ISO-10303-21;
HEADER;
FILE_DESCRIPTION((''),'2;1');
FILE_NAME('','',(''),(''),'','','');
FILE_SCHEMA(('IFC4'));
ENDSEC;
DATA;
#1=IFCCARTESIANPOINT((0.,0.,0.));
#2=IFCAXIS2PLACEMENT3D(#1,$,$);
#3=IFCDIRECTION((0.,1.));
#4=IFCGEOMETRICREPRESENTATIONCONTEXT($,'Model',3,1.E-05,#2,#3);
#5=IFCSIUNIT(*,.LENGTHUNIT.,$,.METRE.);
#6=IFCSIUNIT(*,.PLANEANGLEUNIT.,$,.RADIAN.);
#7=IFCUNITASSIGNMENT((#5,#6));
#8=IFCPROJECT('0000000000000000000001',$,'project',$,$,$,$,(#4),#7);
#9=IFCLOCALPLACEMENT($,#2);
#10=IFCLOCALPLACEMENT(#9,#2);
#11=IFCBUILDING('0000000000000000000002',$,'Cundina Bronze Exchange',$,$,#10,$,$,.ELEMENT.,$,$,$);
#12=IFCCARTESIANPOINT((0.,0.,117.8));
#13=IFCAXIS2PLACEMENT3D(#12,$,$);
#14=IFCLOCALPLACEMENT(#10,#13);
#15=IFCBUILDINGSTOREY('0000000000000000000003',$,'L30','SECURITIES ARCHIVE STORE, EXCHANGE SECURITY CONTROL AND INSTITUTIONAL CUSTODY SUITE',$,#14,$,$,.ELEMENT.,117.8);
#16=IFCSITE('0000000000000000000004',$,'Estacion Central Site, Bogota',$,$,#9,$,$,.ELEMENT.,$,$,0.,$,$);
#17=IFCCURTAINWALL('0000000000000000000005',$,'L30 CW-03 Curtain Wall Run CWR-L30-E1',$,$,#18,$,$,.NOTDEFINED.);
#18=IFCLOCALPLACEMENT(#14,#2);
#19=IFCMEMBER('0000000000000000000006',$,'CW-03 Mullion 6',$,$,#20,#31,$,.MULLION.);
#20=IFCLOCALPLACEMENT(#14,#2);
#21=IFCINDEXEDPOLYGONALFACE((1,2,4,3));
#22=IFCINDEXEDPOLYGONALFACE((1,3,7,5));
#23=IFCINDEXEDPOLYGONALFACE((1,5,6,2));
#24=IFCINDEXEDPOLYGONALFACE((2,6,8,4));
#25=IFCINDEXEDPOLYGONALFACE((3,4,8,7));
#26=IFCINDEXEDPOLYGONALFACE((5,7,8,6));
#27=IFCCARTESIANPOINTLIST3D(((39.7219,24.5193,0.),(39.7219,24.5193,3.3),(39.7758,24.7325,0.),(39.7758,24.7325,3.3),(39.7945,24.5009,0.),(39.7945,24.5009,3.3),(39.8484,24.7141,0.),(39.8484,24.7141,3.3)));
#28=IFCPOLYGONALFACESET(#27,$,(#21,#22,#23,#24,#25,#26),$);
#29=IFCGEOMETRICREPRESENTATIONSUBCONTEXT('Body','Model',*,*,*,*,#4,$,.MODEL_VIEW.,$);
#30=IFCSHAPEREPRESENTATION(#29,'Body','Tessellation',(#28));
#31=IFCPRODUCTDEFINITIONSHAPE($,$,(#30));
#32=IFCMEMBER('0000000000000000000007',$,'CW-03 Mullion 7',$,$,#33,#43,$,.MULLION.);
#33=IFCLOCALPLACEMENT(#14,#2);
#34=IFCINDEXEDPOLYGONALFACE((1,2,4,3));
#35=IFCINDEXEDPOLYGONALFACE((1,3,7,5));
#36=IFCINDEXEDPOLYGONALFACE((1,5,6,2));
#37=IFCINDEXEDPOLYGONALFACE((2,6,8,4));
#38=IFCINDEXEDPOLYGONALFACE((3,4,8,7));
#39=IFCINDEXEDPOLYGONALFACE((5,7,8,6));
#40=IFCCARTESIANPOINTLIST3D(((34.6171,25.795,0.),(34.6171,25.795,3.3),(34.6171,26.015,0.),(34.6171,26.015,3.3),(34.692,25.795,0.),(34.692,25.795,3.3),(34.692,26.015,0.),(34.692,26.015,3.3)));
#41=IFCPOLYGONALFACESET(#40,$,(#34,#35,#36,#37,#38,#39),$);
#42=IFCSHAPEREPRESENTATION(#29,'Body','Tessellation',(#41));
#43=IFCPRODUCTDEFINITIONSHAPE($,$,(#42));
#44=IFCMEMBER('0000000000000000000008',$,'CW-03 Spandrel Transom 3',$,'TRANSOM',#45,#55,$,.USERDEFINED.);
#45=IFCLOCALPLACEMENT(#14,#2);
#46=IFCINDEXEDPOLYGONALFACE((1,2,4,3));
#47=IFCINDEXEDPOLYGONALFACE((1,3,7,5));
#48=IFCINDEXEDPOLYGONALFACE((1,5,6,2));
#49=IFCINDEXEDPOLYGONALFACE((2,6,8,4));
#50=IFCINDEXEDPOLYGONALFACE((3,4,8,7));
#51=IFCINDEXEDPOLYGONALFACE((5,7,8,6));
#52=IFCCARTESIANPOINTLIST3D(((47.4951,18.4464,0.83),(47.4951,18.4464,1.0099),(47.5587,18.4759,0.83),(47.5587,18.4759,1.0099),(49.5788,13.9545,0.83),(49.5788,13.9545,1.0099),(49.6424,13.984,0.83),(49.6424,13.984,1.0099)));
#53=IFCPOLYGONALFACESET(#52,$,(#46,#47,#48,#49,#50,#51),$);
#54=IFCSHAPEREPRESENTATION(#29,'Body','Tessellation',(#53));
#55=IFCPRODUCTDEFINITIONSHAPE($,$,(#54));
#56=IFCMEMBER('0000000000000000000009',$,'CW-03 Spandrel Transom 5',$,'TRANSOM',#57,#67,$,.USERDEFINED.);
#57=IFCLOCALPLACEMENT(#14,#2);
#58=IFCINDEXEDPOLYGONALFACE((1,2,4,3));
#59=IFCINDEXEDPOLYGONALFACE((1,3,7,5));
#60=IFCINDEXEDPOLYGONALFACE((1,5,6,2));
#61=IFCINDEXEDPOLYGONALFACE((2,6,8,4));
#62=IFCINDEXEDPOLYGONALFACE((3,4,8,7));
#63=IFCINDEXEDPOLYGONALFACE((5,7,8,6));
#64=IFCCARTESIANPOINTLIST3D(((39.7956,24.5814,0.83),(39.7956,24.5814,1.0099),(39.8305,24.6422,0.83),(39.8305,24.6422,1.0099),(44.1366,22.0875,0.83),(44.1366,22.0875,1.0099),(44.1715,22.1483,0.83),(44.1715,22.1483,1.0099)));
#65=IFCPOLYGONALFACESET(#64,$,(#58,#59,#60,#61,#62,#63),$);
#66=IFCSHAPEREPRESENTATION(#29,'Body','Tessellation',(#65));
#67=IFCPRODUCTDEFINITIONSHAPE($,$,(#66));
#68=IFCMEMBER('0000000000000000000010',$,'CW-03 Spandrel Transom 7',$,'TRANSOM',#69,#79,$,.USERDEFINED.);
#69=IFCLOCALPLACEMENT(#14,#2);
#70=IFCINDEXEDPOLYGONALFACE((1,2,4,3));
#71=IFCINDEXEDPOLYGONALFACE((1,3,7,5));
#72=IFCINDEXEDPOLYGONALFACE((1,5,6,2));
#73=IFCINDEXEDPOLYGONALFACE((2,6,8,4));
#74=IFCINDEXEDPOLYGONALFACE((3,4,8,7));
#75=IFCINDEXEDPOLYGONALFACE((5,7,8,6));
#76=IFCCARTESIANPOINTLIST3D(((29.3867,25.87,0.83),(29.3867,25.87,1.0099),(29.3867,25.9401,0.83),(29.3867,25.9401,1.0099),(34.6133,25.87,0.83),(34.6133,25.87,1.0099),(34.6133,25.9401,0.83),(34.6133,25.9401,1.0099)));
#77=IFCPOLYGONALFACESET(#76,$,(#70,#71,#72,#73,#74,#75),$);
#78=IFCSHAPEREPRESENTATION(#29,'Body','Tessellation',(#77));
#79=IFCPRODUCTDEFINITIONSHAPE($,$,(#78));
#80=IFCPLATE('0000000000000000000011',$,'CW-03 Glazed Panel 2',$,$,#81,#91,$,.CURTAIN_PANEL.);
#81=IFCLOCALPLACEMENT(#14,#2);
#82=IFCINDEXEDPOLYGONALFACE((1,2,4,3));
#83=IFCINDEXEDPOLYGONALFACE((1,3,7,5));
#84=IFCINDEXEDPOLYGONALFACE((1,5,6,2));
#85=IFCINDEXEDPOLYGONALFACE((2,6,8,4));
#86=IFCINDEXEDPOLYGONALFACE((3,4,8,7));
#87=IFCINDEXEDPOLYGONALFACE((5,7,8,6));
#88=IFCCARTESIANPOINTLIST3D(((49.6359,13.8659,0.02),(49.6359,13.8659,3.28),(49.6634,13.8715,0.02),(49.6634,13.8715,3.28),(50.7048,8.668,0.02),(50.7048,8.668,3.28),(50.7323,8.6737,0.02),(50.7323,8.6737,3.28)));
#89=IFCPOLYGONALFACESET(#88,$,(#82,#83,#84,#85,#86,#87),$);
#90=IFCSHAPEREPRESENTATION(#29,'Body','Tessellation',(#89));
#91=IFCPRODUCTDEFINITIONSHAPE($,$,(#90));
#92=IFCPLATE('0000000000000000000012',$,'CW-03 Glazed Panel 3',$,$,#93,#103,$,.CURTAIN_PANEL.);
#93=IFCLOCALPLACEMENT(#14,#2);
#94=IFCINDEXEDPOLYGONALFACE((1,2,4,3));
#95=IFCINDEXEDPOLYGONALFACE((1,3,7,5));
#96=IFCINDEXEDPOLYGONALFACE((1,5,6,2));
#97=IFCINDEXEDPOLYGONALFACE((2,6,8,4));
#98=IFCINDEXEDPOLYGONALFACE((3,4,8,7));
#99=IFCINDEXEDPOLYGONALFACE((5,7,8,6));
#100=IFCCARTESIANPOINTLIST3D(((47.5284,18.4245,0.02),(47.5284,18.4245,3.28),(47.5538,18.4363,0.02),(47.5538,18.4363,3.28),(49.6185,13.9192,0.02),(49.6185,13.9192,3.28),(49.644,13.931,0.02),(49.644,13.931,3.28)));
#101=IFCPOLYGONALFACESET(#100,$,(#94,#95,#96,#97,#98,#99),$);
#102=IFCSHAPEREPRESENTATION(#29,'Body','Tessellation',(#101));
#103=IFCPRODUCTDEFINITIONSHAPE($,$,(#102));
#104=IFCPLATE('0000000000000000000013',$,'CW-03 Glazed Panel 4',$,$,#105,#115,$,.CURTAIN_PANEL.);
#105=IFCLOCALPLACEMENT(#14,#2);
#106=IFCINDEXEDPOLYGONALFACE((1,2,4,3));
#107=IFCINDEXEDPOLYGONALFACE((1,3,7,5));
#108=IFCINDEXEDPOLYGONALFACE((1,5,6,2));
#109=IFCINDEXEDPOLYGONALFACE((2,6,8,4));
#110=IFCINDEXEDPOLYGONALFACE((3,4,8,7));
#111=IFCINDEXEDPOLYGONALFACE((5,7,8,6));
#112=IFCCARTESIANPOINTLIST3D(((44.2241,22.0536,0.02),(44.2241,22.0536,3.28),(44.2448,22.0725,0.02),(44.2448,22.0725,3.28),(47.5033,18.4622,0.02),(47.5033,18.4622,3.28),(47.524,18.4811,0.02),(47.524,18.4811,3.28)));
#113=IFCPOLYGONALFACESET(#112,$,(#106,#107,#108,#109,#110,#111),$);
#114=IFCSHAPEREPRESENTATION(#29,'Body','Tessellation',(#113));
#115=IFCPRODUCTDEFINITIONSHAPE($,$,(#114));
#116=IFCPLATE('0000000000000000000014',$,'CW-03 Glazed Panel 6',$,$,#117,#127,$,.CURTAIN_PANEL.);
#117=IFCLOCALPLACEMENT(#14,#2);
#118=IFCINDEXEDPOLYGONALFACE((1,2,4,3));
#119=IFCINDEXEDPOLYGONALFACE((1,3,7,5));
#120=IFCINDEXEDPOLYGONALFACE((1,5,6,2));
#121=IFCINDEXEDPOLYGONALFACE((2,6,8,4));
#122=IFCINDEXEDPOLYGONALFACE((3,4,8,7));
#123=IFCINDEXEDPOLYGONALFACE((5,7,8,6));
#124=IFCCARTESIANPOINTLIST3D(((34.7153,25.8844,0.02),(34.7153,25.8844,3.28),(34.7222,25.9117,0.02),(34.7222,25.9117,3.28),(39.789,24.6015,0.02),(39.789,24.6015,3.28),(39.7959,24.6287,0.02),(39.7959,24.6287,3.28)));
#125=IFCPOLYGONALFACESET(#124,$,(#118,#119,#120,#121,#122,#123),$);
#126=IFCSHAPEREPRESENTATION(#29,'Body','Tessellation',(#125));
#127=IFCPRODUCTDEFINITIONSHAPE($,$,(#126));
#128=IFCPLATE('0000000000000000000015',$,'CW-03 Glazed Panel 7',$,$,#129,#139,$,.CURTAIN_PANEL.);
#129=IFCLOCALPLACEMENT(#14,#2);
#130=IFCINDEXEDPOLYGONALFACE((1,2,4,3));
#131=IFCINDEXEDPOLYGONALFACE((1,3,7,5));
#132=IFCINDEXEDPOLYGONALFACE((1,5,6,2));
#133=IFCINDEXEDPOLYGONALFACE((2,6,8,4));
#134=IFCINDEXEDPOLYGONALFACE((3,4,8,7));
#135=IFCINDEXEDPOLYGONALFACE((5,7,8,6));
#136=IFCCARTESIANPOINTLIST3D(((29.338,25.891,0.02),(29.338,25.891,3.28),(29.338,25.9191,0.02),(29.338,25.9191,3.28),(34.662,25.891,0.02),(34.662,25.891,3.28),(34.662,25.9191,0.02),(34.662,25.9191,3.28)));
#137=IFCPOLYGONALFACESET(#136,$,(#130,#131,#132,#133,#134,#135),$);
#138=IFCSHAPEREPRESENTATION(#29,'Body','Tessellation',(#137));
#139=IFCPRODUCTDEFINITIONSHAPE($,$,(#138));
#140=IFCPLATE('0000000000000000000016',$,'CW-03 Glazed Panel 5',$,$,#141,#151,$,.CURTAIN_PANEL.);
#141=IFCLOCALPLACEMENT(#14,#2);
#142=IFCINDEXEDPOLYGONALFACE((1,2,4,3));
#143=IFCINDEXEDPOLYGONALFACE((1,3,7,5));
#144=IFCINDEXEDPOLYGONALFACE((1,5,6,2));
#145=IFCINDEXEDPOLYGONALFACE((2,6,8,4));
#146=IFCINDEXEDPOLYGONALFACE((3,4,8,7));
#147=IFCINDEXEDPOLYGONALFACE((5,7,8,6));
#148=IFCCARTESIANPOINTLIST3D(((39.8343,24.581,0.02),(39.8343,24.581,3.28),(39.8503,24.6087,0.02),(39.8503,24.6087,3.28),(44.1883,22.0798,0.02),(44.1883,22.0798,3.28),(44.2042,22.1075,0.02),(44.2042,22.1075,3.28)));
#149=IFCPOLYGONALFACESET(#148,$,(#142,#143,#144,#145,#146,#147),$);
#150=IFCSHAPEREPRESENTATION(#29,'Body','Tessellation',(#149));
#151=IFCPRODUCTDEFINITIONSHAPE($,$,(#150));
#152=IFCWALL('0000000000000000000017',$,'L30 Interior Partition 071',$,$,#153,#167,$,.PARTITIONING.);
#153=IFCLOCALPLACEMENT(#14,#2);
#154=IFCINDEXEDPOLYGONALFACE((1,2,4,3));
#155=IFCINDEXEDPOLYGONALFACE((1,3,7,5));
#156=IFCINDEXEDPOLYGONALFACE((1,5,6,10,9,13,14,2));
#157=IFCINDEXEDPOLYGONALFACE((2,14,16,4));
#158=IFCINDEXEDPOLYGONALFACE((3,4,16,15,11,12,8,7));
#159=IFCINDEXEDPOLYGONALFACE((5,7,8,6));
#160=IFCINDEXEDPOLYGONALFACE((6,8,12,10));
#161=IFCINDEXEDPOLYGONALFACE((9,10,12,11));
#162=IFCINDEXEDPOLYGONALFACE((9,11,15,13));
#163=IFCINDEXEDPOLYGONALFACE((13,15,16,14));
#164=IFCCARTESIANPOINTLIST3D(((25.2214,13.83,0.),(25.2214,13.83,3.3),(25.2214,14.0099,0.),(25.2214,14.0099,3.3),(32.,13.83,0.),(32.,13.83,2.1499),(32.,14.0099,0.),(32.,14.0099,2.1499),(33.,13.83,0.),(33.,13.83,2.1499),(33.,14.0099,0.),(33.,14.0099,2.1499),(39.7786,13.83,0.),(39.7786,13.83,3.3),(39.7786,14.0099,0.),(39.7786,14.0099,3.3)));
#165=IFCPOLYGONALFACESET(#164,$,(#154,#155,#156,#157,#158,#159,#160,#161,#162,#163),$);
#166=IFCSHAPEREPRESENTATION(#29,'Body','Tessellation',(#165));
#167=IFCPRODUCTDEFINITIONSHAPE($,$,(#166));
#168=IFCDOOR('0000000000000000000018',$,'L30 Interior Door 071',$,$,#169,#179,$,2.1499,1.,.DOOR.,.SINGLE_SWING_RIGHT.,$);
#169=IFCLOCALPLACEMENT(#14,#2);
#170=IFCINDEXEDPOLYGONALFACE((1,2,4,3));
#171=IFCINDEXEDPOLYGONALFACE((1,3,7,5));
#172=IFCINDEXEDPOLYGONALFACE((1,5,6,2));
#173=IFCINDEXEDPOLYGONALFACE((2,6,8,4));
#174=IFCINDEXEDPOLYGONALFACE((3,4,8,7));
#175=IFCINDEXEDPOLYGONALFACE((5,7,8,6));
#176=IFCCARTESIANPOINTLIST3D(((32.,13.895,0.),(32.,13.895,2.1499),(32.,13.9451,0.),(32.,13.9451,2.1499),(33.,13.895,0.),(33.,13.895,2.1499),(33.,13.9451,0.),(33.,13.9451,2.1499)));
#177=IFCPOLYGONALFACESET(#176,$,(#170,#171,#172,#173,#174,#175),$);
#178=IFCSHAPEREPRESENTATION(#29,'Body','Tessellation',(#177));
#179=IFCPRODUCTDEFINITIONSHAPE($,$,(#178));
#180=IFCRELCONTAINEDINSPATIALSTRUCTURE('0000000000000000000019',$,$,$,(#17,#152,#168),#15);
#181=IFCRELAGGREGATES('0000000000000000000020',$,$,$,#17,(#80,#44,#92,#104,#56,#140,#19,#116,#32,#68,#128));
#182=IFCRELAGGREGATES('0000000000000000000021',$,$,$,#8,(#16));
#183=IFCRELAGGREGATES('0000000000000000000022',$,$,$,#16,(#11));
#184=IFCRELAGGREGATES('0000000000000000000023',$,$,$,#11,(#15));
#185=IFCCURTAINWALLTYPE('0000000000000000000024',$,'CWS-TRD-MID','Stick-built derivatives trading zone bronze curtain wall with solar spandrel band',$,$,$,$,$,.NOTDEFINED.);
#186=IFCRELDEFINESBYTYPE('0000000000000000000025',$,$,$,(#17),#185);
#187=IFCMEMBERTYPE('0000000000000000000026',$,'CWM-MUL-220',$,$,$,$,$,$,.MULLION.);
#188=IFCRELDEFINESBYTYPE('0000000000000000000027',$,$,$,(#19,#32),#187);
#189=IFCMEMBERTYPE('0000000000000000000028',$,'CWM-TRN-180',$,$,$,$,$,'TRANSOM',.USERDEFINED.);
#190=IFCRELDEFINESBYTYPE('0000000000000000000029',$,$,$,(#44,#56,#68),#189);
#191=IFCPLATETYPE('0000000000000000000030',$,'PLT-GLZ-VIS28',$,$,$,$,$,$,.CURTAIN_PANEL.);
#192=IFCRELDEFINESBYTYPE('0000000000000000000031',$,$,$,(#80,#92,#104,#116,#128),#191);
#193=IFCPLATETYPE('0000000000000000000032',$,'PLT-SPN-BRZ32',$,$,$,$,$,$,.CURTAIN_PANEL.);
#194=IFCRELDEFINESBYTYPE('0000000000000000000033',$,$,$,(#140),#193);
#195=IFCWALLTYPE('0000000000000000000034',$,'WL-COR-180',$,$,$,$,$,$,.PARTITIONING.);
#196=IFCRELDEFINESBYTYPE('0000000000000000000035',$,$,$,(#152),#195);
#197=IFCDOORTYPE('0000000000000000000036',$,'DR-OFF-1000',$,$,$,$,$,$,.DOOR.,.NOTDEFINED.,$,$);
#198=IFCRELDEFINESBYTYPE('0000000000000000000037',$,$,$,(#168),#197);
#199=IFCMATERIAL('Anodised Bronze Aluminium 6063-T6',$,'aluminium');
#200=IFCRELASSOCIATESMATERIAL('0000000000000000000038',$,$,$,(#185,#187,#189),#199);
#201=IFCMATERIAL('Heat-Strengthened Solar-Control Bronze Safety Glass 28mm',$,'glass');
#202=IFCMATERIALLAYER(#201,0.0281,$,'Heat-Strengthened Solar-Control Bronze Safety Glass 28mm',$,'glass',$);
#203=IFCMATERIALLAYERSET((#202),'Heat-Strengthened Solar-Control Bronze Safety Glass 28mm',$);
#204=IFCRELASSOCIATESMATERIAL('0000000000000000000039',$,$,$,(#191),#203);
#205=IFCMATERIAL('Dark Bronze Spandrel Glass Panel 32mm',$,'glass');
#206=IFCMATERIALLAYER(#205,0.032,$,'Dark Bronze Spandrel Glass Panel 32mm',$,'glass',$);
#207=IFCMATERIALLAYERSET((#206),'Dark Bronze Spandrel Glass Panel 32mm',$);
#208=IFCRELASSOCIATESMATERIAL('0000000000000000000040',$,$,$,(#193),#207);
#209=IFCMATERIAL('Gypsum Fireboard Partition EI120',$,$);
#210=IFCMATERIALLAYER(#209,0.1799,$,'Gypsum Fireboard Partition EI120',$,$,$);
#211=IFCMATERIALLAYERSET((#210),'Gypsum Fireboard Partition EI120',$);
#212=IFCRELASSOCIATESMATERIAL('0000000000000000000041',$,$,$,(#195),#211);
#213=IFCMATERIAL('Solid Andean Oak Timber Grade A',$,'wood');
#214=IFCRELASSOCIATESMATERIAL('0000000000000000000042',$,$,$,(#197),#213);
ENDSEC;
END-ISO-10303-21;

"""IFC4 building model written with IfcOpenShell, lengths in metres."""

from ifc_helpers import new_model, si_unit, direction, frame, frame_2d, origin, origin_2d, place, context, subcontext, project, spatial, rectangle, extrude, material, layer, layer_set, material_profile, profile_set, type_object, element, fill, aggregate, save


model = new_model("IFC4")

# Units and contexts
model_context = context("Model", 3, precision=1e-05, world=origin(), true_north=direction((0.0, 1.0)))
body_context = subcontext(model_context, "Body", "Model", "MODEL_VIEW")
ifc_project = project(units=[si_unit("LENGTHUNIT", "METRE"), si_unit("PLANEANGLEUNIT", "RADIAN")], contexts=[model_context])

# Site, building, storey
site_placement = place(None, origin())
site = spatial("IfcSite", under=ifc_project, at=site_placement, Name="Estacion Central Site, Bogota", CompositionType="ELEMENT", RefElevation=0.0)
building_placement = place(site_placement, origin())
building = spatial("IfcBuilding", under=site, at=building_placement, Name="Cundina Bronze Exchange", CompositionType="ELEMENT")
storey_placement = place(building_placement, frame((0.0, 0.0, 117.8)))
storey = spatial("IfcBuildingStorey", under=building, at=storey_placement, Name="L30", Description="SECURITIES ARCHIVE STORE, EXCHANGE SECURITY CONTROL AND INSTITUTIONAL CUSTODY SUITE", CompositionType="ELEMENT", Elevation=117.8)

# Curtain wall, members, plates
ifc_material_1 = material(Name="Anodised Bronze Aluminium 6063-T6", Category="aluminium")
curtain_wall_type = type_object("IfcCurtainWallType", Name="CWS-TRD-MID", Description="Stick-built derivatives trading zone bronze curtain wall with solar spandrel band", PredefinedType="NOTDEFINED", material=ifc_material_1)
curtain_wall_placement = place(storey_placement, origin())
curtain_wall = element("IfcCurtainWall", 1, at=curtain_wall_placement, inside=storey, type_object=curtain_wall_type, Name="L30 CW-03 Curtain Wall Run CWR-L30-E1", PredefinedType="NOTDEFINED")
ifc_material_profile_1 = material_profile(ifc_material_1, rectangle(XDim=0.075, YDim=0.22, at=origin_2d()), Name="AL75X220", Category="aluminium")
ifc_profile_set_1 = profile_set([ifc_material_profile_1], Name="Anodised Bronze Aluminium 6063-T6")
member_type_1 = type_object("IfcMemberType", Name="CWM-MUL-220", PredefinedType="MULLION", material=ifc_profile_set_1)
member_1_placement = place(storey_placement, frame((39.7852, 24.6167, 0.0), z_axis=(0.0, 0.0, 1.0), x_axis=(-0.969488, 0.245138, 0.0)))
member_1 = element("IfcMember", 2, at=member_1_placement, type_object=member_type_1, Name="CW-03 Mullion 6", PredefinedType="MULLION", context=body_context, shape_type="SweptSolid", body=[
    extrude(rectangle(XDim=0.075, YDim=0.22, at=origin_2d()), origin(), (0.0, 0.0, 1.0), 3.3),
])
member_2_placement = place(storey_placement, frame((34.6545, 25.905, 0.0), z_axis=(0.0, 0.0, 1.0), x_axis=(-1.0, 0.0, 0.0)))
member_2 = element("IfcMember", 3, at=member_2_placement, type_object=member_type_1, Name="CW-03 Mullion 7", PredefinedType="MULLION", context=body_context, shape_type="SweptSolid", body=[
    extrude(rectangle(XDim=0.075, YDim=0.22, at=origin_2d()), origin(), (0.0, 0.0, 1.0), 3.3),
])
ifc_material_profile_2 = material_profile(ifc_material_1, rectangle(XDim=0.0701, YDim=0.1799, at=origin_2d()), Name="AL70X180", Category="aluminium")
ifc_profile_set_2 = profile_set([ifc_material_profile_2], Name="Anodised Bronze Aluminium 6063-T6")
member_type_2 = type_object("IfcMemberType", Name="CWM-TRN-180", ElementType="TRANSOM", PredefinedType="USERDEFINED", material=ifc_profile_set_2)
member_3_placement = place(storey_placement, frame((49.6106, 13.9692, 0.9199), z_axis=(-0.420811, 0.907148, 0.0), x_axis=(-0.907148, -0.420811, 0.0)))
member_3 = element("IfcMember", 4, at=member_3_placement, type_object=member_type_2, Name="CW-03 Spandrel Transom 3", ObjectType="TRANSOM", PredefinedType="USERDEFINED", context=body_context, shape_type="SweptSolid", body=[
    extrude(rectangle(XDim=0.0701, YDim=0.1799, at=origin_2d()), origin(), (0.0, 0.0, 1.0), 4.9517),
])
member_4_placement = place(storey_placement, frame((44.1541, 22.1179, 0.9199), z_axis=(-0.867097, 0.498139, 0.0), x_axis=(-0.498139, -0.867097, 0.0)))
member_4 = element("IfcMember", 5, at=member_4_placement, type_object=member_type_2, Name="CW-03 Spandrel Transom 5", ObjectType="TRANSOM", PredefinedType="USERDEFINED", context=body_context, shape_type="SweptSolid", body=[
    extrude(rectangle(XDim=0.0701, YDim=0.1799, at=origin_2d()), origin(), (0.0, 0.0, 1.0), 5.0063),
])
member_5_placement = place(storey_placement, frame((34.6133, 25.905, 0.9199), z_axis=(-1.0, 0.0, 0.0), x_axis=(0.0, -1.0, 0.0)))
member_5 = element("IfcMember", 6, at=member_5_placement, type_object=member_type_2, Name="CW-03 Spandrel Transom 7", ObjectType="TRANSOM", PredefinedType="USERDEFINED", context=body_context, shape_type="SweptSolid", body=[
    extrude(rectangle(XDim=0.0701, YDim=0.1799, at=origin_2d()), origin(), (0.0, 0.0, 1.0), 5.2266),
])
ifc_material_2 = material(Name="Heat-Strengthened Solar-Control Bronze Safety Glass 28mm", Category="glass")
ifc_layer_1 = layer(ifc_material_2, 0.0281, Name="Heat-Strengthened Solar-Control Bronze Safety Glass 28mm", Category="glass")
ifc_layer_set_1 = layer_set([ifc_layer_1], Name="Heat-Strengthened Solar-Control Bronze Safety Glass 28mm")
plate_type_1 = type_object("IfcPlateType", Name="PLT-GLZ-VIS28", PredefinedType="CURTAIN_PANEL", material=ifc_layer_set_1)
plate_1_placement = place(storey_placement, frame((50.1841, 11.2698, 0.02), z_axis=(0.0, 0.0, 1.0), x_axis=(-0.20142, 0.979505, 0.0)))
plate_1 = element("IfcPlate", 7, at=plate_1_placement, type_object=plate_type_1, Name="CW-03 Glazed Panel 2", PredefinedType="CURTAIN_PANEL", context=body_context, shape_type="SweptSolid", body=[
    extrude(rectangle(XDim=5.3066, YDim=0.0281, at=origin_2d()), origin(), (0.0, 0.0, 1.0), 3.26),
])
plate_2_placement = place(storey_placement, frame((48.5862, 16.1777, 0.02), z_axis=(0.0, 0.0, 1.0), x_axis=(-0.420846, 0.907132, 0.0)))
plate_2 = element("IfcPlate", 8, at=plate_2_placement, type_object=plate_type_1, Name="CW-03 Glazed Panel 3", PredefinedType="CURTAIN_PANEL", context=body_context, shape_type="SweptSolid", body=[
    extrude(rectangle(XDim=4.9666, YDim=0.0281, at=origin_2d()), origin(), (0.0, 0.0, 1.0), 3.26),
])
plate_3_placement = place(storey_placement, frame((45.874, 20.2673, 0.02), z_axis=(0.0, 0.0, 1.0), x_axis=(-0.674277, 0.738479, 0.0)))
plate_3 = element("IfcPlate", 9, at=plate_3_placement, type_object=plate_type_1, Name="CW-03 Glazed Panel 4", PredefinedType="CURTAIN_PANEL", context=body_context, shape_type="SweptSolid", body=[
    extrude(rectangle(XDim=4.8633, YDim=0.0281, at=origin_2d()), origin(), (0.0, 0.0, 1.0), 3.26),
])
plate_4_placement = place(storey_placement, frame((37.2556, 25.2566, 0.02), z_axis=(0.0, 0.0, 1.0), x_axis=(-0.969488, 0.245138, 0.0)))
plate_4 = element("IfcPlate", 10, at=plate_4_placement, type_object=plate_type_1, Name="CW-03 Glazed Panel 6", PredefinedType="CURTAIN_PANEL", context=body_context, shape_type="SweptSolid", body=[
    extrude(rectangle(XDim=5.2334, YDim=0.0281, at=origin_2d()), origin(), (0.0, 0.0, 1.0), 3.26),
])
plate_5_placement = place(storey_placement, frame((32.0, 25.905, 0.02), z_axis=(0.0, 0.0, 1.0), x_axis=(-1.0, 0.0, 0.0)))
plate_5 = element("IfcPlate", 11, at=plate_5_placement, type_object=plate_type_1, Name="CW-03 Glazed Panel 7", PredefinedType="CURTAIN_PANEL", context=body_context, shape_type="SweptSolid", body=[
    extrude(rectangle(XDim=5.324, YDim=0.0281, at=origin_2d()), origin(), (0.0, 0.0, 1.0), 3.26),
])
ifc_material_3 = material(Name="Dark Bronze Spandrel Glass Panel 32mm", Category="glass")
ifc_layer_2 = layer(ifc_material_3, 0.032, Name="Dark Bronze Spandrel Glass Panel 32mm", Category="glass")
ifc_layer_set_2 = layer_set([ifc_layer_2], Name="Dark Bronze Spandrel Glass Panel 32mm")
plate_type_2 = type_object("IfcPlateType", Name="PLT-SPN-BRZ32", PredefinedType="CURTAIN_PANEL", material=ifc_layer_set_2)
plate_6_placement = place(storey_placement, frame((42.0193, 23.3442, 0.02), z_axis=(0.0, 0.0, 1.0), x_axis=(-0.867105, 0.498125, 0.0)))
plate_6 = element("IfcPlate", 12, at=plate_6_placement, type_object=plate_type_2, Name="CW-03 Glazed Panel 5", PredefinedType="CURTAIN_PANEL", context=body_context, shape_type="SweptSolid", body=[
    extrude(rectangle(XDim=5.0212, YDim=0.032, at=origin_2d()), origin(), (0.0, 0.0, 1.0), 3.26),
])
aggregate(curtain_wall, [plate_1, member_3, plate_2, plate_3, member_4, plate_6, member_1, plate_4, member_2, member_5, plate_5])

# Wall, opening, door
ifc_material_4 = material(Name="Gypsum Fireboard Partition EI120")
ifc_layer_3 = layer(ifc_material_4, 0.1799, Name="Gypsum Fireboard Partition EI120")
ifc_layer_set_3 = layer_set([ifc_layer_3], Name="Gypsum Fireboard Partition EI120")
wall_type_1 = type_object("IfcWallType", Name="WL-COR-180", PredefinedType="PARTITIONING", material=ifc_layer_set_3)
wall_1_placement = place(storey_placement, frame((39.7786, 13.9199, 0.0), z_axis=(0.0, 0.0, 1.0), x_axis=(-1.0, 0.0, 0.0)))
wall_1 = element("IfcWall", 13, at=wall_1_placement, inside=storey, type_object=wall_type_1, Name="L30 Interior Partition 071", PredefinedType="PARTITIONING", context=body_context, shape_type="SweptSolid", body=[
    extrude(rectangle(XDim=14.5571, YDim=0.1799, at=frame_2d((7.2786, 0.0))), origin(), (0.0, 0.0, 1.0), 3.3),
])
opening_1_placement = place(wall_1_placement, frame((6.7786, 0.0, 0.0)))
opening_1 = element("IfcOpeningElement", 14, at=opening_1_placement, cuts=wall_1, PredefinedType="OPENING", context=body_context, shape_type="SweptSolid", body=[
    extrude(rectangle(XDim=1.0, YDim=2.1499, at=frame_2d((0.5, 1.075))), frame((0.0, 0.0999, 0.0), z_axis=(0.0, -1.0, 0.0), x_axis=(1.0, 0.0, 0.0)), (0.0, 0.0, 1.0), 0.2),
])
ifc_material_5 = material(Name="Solid Andean Oak Timber Grade A", Category="wood")
door_type = type_object("IfcDoorType", Name="DR-OFF-1000", OperationType="NOTDEFINED", PredefinedType="DOOR", material=ifc_material_5)
door_1_placement = place(opening_1_placement, origin())
door_1 = element("IfcDoor", 15, at=door_1_placement, inside=storey, type_object=door_type, Name="L30 Interior Door 071", OperationType="SINGLE_SWING_RIGHT", OverallHeight=2.1499, OverallWidth=1.0, PredefinedType="DOOR", context=body_context, shape_type="SweptSolid", body=[
    extrude(rectangle(XDim=1.0, YDim=2.1499, at=frame_2d((0.5, 1.075))), frame((0.0, 0.0249, 0.0), z_axis=(0.0, -1.0, 0.0), x_axis=(1.0, 0.0, 0.0)), (0.0, 0.0, 1.0), 0.05),
])
fill(opening_1, door_1)

save(model, "model.ifc")
